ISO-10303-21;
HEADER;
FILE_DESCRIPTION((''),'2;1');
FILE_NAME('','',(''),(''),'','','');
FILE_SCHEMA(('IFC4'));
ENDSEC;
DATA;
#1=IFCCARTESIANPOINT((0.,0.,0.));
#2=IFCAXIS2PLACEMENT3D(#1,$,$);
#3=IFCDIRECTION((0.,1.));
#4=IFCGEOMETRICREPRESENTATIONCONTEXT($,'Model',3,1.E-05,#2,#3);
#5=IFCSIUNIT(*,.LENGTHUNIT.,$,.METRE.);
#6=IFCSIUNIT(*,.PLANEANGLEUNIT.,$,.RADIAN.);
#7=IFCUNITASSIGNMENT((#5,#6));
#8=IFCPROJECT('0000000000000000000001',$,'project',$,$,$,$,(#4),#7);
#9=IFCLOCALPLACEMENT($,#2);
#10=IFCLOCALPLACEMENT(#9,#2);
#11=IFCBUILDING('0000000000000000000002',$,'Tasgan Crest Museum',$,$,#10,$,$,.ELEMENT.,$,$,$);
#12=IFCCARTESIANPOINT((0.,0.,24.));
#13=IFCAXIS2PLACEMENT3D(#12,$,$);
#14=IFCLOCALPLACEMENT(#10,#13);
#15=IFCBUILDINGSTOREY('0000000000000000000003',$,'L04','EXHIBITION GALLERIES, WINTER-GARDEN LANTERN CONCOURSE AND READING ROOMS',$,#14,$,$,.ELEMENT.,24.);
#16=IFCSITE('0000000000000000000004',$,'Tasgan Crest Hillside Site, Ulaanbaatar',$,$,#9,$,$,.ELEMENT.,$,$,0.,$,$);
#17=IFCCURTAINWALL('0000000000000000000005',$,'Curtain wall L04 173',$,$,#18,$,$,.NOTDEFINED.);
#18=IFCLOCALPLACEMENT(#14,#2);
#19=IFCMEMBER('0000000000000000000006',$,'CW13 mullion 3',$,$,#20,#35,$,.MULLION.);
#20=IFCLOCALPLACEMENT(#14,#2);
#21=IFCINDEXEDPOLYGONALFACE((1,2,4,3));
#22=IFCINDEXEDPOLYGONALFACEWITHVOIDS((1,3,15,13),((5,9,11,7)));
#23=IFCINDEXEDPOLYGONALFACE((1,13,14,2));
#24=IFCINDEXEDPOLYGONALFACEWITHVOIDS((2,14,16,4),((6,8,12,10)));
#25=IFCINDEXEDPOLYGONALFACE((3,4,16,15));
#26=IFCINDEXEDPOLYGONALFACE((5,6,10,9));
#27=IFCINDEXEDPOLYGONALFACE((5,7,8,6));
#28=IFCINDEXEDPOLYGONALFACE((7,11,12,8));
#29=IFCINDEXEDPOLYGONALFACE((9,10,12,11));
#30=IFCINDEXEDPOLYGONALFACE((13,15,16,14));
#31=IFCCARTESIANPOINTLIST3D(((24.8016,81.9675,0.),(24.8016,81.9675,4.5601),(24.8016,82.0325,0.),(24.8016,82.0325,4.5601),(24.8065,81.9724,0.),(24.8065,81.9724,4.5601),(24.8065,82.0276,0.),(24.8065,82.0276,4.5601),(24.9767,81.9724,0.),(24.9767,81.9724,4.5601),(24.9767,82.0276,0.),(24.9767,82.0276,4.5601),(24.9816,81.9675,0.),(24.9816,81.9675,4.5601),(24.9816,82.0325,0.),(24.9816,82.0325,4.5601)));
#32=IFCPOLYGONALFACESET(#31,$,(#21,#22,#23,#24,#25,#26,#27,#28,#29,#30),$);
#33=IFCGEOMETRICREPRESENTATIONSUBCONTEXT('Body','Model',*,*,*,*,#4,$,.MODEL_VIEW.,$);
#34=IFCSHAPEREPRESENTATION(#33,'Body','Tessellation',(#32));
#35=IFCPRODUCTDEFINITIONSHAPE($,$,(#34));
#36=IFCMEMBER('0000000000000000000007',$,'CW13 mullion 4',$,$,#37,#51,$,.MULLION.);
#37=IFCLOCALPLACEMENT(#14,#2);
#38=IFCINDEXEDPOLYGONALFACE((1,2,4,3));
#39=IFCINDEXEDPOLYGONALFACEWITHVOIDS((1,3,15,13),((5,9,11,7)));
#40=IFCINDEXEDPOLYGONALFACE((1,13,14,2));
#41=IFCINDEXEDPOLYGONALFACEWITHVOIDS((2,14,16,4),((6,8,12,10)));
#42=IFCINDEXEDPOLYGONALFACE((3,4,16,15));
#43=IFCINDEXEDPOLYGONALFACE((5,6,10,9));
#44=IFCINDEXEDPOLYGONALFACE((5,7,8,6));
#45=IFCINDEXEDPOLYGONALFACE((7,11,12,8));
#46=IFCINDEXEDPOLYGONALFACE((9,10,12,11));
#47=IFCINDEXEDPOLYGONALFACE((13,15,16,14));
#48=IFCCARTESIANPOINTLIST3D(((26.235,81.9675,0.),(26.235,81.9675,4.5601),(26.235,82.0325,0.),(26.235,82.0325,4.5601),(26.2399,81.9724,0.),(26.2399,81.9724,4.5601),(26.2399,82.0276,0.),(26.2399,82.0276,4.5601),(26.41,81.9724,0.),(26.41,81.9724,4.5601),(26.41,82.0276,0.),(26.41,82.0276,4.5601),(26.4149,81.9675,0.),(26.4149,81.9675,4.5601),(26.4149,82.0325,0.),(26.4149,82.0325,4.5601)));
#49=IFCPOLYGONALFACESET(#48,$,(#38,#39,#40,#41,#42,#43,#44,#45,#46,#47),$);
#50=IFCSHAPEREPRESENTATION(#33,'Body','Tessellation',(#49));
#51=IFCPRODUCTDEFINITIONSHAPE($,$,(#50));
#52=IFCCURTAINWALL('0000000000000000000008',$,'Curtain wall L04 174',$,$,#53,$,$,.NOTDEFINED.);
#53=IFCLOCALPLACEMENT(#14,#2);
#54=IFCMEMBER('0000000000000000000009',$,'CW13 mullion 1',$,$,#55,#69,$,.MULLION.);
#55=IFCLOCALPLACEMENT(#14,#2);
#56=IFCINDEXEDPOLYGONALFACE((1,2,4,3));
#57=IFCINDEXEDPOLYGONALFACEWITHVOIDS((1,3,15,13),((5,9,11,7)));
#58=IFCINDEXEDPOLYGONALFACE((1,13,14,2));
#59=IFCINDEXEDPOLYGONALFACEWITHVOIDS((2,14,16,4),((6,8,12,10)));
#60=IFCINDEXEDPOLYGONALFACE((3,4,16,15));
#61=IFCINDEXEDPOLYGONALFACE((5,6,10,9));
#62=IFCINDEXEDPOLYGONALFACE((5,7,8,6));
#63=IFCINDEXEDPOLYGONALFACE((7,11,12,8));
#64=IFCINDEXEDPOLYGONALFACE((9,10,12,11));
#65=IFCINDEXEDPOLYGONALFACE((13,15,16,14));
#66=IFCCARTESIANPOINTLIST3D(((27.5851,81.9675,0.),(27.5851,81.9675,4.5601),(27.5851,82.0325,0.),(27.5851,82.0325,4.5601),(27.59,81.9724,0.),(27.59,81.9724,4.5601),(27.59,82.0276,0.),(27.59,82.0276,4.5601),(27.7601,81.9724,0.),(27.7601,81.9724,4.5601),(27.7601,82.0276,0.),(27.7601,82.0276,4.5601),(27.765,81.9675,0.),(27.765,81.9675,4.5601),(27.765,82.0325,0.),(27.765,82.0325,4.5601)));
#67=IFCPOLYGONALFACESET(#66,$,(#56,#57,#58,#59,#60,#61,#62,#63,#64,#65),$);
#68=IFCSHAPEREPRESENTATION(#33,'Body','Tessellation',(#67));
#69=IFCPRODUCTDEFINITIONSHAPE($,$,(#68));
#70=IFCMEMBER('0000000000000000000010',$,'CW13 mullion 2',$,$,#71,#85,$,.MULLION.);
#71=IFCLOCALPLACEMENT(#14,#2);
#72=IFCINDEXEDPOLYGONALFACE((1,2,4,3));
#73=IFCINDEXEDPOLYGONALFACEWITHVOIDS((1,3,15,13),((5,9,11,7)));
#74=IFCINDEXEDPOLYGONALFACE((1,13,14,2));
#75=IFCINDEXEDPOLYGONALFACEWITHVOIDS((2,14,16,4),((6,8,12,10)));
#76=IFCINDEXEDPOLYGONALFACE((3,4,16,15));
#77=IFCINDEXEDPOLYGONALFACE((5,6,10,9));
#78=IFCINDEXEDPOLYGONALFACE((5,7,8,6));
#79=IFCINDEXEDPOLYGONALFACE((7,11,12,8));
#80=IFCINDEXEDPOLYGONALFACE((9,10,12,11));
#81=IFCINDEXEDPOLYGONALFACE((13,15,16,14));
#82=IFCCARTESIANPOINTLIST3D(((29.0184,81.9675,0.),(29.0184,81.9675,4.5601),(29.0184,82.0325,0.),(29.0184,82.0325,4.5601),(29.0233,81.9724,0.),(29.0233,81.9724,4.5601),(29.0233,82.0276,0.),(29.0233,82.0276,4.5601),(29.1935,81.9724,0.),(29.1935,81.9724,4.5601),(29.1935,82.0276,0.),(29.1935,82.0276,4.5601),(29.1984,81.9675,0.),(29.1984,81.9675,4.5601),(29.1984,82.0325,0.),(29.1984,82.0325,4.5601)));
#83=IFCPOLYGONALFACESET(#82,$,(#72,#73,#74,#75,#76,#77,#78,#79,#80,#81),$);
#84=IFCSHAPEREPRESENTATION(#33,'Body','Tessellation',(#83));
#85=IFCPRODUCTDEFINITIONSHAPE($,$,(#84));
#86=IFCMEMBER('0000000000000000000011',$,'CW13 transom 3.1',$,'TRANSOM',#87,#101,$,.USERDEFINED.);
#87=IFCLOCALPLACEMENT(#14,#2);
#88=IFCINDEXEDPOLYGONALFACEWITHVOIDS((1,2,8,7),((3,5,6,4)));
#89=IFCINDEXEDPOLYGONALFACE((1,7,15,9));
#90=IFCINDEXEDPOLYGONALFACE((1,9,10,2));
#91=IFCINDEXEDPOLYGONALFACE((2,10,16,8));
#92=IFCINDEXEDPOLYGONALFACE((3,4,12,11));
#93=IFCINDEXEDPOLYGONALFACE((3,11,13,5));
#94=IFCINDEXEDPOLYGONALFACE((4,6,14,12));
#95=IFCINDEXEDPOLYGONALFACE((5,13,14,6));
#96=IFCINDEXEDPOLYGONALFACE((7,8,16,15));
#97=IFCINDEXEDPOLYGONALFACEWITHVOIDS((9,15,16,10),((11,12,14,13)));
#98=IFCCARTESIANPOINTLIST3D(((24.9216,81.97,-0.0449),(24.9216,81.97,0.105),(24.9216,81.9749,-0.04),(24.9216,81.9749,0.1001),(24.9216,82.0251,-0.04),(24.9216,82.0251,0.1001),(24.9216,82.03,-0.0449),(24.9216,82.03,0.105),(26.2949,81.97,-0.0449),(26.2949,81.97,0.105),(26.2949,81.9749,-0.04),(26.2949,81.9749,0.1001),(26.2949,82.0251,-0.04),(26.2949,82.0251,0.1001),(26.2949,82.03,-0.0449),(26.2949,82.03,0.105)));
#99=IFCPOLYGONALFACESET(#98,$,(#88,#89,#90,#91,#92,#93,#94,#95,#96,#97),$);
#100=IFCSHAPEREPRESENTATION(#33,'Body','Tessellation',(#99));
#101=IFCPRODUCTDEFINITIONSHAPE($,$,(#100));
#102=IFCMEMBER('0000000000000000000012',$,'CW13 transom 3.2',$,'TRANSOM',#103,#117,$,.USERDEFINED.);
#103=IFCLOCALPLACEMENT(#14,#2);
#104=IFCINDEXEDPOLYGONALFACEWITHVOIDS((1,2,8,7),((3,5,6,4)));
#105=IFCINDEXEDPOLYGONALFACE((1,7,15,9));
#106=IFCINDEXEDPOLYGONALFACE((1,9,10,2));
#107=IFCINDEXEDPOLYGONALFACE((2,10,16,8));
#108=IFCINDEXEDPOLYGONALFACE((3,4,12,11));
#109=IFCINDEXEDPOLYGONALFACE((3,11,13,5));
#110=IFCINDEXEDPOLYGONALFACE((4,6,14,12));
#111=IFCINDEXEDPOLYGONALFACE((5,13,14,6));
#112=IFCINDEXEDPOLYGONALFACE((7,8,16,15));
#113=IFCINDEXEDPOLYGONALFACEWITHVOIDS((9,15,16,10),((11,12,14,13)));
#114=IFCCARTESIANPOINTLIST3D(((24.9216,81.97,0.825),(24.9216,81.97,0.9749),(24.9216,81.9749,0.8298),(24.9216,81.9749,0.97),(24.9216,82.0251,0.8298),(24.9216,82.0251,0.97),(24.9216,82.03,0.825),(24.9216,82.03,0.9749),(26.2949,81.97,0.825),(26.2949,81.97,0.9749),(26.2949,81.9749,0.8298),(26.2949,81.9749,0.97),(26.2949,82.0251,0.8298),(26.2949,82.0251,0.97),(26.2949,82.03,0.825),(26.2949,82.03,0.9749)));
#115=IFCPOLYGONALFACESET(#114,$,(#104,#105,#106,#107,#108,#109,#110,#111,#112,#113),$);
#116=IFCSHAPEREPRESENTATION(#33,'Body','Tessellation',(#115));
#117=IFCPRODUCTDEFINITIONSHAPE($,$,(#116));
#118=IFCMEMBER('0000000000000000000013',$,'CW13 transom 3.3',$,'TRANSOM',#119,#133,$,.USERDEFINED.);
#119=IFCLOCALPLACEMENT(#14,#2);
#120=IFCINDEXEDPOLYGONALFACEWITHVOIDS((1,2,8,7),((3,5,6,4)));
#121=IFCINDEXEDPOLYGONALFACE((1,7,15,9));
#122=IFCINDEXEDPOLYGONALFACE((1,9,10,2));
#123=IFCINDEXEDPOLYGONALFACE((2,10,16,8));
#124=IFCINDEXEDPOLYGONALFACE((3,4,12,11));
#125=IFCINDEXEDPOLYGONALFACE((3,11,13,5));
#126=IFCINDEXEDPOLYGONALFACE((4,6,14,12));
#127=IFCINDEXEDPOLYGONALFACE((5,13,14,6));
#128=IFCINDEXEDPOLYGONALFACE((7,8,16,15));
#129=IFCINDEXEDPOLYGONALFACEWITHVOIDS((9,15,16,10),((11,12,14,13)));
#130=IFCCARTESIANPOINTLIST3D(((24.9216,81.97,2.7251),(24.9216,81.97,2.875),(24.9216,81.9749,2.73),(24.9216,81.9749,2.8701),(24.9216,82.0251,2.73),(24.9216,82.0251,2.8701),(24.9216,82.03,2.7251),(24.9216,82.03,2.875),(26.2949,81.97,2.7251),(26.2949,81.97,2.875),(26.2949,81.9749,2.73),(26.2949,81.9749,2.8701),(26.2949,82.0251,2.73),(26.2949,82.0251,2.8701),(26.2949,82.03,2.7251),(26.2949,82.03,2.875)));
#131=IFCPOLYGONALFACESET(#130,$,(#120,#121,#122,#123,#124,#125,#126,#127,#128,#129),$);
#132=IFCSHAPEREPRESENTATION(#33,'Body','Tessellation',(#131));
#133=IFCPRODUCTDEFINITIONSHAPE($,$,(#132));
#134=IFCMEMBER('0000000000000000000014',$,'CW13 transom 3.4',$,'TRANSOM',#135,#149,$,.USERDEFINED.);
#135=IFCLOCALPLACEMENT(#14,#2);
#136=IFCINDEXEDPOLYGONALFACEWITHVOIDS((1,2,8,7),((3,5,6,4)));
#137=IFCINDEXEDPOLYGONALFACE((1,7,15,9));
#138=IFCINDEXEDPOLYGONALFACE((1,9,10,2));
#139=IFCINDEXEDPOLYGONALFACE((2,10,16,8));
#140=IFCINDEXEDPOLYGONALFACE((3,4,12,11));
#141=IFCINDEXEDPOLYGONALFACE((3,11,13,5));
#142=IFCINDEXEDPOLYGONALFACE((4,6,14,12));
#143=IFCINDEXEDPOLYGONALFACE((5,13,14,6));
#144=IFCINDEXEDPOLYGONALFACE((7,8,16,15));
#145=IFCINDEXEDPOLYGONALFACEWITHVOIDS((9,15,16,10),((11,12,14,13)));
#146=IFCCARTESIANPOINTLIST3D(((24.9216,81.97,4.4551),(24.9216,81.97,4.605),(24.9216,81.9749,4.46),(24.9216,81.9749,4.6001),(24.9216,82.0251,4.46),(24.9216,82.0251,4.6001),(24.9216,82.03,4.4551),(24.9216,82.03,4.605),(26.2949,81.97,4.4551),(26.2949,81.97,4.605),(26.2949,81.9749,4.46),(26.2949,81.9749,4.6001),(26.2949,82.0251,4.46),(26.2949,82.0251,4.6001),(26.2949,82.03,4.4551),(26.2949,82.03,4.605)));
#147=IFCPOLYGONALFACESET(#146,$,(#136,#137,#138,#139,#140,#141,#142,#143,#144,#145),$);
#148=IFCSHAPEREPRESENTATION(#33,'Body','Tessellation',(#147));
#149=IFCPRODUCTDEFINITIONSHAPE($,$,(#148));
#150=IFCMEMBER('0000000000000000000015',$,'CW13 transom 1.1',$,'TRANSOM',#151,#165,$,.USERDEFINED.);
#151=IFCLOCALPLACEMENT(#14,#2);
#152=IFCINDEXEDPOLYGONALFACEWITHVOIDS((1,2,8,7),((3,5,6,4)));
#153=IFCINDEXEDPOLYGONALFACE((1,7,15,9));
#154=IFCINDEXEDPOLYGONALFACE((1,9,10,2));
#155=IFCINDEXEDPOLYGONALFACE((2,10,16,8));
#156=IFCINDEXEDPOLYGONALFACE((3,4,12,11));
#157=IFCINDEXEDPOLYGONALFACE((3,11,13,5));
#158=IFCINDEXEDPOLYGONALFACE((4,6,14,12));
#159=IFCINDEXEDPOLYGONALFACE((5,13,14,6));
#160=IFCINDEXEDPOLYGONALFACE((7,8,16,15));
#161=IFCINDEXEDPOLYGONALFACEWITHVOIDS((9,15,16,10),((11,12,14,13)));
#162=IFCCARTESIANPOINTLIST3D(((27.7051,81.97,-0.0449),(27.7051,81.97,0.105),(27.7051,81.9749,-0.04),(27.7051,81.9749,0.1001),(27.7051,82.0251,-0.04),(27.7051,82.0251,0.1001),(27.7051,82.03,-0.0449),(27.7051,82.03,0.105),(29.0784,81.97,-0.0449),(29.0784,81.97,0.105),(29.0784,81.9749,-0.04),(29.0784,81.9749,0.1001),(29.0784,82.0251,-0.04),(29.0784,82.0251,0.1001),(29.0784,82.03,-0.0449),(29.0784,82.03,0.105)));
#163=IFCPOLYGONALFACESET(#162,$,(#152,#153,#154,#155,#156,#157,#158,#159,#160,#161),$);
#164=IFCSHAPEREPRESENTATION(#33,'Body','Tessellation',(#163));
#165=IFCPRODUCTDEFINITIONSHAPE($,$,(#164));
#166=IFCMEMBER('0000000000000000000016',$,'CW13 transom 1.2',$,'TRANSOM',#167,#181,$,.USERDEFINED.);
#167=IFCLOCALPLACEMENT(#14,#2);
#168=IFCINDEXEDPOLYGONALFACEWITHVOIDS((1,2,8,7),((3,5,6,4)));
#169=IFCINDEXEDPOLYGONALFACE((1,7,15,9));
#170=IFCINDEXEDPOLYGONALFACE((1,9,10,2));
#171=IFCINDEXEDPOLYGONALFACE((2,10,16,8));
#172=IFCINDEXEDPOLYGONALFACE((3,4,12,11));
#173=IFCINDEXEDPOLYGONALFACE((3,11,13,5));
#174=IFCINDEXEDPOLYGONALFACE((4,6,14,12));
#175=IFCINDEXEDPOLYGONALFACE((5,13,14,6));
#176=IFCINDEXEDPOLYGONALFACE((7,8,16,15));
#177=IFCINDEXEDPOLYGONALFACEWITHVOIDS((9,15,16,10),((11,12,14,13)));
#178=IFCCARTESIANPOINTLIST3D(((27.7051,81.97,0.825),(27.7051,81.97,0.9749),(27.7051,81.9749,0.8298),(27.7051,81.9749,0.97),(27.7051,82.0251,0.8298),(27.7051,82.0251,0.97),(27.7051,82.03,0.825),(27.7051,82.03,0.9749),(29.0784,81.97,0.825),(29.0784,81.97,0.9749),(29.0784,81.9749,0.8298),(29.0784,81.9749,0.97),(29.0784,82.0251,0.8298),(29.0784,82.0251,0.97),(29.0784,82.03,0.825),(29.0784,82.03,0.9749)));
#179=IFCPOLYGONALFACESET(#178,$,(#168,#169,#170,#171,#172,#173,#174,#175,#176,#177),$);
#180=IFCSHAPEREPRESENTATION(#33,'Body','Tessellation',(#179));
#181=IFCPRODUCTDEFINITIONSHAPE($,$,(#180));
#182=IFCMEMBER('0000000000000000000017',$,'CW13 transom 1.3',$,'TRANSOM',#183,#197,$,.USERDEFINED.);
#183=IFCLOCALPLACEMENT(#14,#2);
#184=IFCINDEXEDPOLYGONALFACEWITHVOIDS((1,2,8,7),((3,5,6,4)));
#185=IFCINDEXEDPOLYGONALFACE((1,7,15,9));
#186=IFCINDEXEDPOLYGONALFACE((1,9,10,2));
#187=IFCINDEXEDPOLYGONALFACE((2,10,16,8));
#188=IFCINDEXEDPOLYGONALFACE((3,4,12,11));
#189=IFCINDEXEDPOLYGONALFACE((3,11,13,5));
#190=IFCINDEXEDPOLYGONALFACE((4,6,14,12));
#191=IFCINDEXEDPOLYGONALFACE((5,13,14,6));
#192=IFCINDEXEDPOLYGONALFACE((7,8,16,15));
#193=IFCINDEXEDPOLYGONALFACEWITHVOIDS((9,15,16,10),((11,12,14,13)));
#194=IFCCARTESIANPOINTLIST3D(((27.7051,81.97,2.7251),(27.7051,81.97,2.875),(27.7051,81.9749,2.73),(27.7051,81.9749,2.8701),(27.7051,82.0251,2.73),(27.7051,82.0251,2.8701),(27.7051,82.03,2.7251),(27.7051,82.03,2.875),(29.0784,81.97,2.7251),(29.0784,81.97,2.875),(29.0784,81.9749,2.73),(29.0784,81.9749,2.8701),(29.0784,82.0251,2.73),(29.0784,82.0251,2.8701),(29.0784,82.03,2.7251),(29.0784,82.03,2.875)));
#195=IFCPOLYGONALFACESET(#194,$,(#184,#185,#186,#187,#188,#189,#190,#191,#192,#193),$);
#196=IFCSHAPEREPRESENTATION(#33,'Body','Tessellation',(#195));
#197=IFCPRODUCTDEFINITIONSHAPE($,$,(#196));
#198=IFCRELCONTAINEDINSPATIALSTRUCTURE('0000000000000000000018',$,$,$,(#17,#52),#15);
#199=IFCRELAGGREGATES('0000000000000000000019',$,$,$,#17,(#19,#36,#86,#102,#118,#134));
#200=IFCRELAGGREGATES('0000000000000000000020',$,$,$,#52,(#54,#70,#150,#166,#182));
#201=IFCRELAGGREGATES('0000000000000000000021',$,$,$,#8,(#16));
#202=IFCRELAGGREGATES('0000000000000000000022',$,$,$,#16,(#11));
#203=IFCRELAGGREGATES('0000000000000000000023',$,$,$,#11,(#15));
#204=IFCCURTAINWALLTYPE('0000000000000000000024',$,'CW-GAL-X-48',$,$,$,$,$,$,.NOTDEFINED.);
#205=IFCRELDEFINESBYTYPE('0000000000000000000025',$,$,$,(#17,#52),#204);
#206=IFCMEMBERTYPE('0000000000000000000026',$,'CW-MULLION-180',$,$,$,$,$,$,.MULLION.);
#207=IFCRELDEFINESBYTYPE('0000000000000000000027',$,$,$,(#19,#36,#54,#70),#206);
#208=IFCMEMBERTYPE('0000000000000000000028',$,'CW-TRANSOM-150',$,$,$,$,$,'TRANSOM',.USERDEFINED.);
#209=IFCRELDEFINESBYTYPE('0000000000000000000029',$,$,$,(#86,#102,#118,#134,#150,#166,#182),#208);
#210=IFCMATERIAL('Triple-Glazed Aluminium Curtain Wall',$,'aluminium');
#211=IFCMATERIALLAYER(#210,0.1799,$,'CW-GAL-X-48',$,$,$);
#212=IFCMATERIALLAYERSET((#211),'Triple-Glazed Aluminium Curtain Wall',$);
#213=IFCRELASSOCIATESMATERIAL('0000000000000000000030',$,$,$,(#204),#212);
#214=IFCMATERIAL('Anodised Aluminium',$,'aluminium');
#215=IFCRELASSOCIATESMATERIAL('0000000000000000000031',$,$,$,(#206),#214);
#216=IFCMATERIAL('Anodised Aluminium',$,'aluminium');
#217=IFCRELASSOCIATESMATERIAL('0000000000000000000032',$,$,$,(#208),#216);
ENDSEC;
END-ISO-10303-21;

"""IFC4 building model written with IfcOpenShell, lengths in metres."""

from ifc_helpers import new_model, si_unit, direction, frame, origin, origin_2d, place, context, subcontext, project, spatial, hollow_rectangle, extrude, material, layer, layer_set, material_profile, profile_set, type_object, element, aggregate, save


model = new_model("IFC4")

# Units and contexts
model_context = context("Model", 3, precision=1e-05, world=origin(), true_north=direction((0.0, 1.0)))
body_context = subcontext(model_context, "Body", "Model", "MODEL_VIEW")
ifc_project = project(units=[si_unit("LENGTHUNIT", "METRE"), si_unit("PLANEANGLEUNIT", "RADIAN")], contexts=[model_context])

# Site, building, storey
site_placement = place(None, origin())
site = spatial("IfcSite", under=ifc_project, at=site_placement, Name="Tasgan Crest Hillside Site, Ulaanbaatar", CompositionType="ELEMENT", RefElevation=0.0)
building_placement = place(site_placement, origin())
building = spatial("IfcBuilding", under=site, at=building_placement, Name="Tasgan Crest Museum", CompositionType="ELEMENT")
storey_placement = place(building_placement, frame((0.0, 0.0, 24.0)))
storey = spatial("IfcBuildingStorey", under=building, at=storey_placement, Name="L04", Description="EXHIBITION GALLERIES, WINTER-GARDEN LANTERN CONCOURSE AND READING ROOMS", CompositionType="ELEMENT", Elevation=24.0)

# Curtain walls, members
ifc_material_1 = material(Name="Triple-Glazed Aluminium Curtain Wall", Category="aluminium")
ifc_layer_1 = layer(ifc_material_1, 0.1799, Name="CW-GAL-X-48")
ifc_layer_set_1 = layer_set([ifc_layer_1], Name="Triple-Glazed Aluminium Curtain Wall")
curtain_wall_type = type_object("IfcCurtainWallType", Name="CW-GAL-X-48", PredefinedType="NOTDEFINED", material=ifc_layer_set_1)
curtain_wall_1_placement = place(storey_placement, origin())
curtain_wall_1 = element("IfcCurtainWall", 1, at=curtain_wall_1_placement, inside=storey, type_object=curtain_wall_type, Name="Curtain wall L04 173", PredefinedType="NOTDEFINED")
ifc_material_2 = material(Name="Anodised Aluminium", Category="aluminium")
ifc_material_profile_1 = material_profile(ifc_material_2, hollow_rectangle(XDim=0.0649, YDim=0.1799, WallThickness=0.0049, at=origin_2d()), Name="ALU MULLION 180x65x5")
ifc_profile_set_1 = profile_set([ifc_material_profile_1], Name="Anodised Aluminium")
member_type_1 = type_object("IfcMemberType", Name="CW-MULLION-180", PredefinedType="MULLION", material=ifc_profile_set_1)
member_1_placement = place(storey_placement, frame((24.8916, 82.0, 0.0), z_axis=(0.0, 0.0, 1.0), x_axis=(0.0, 1.0, 0.0)))
member_1 = element("IfcMember", 2, at=member_1_placement, type_object=member_type_1, Name="CW13 mullion 3", PredefinedType="MULLION", context=body_context, shape_type="SweptSolid", body=[
    extrude(hollow_rectangle(XDim=0.0649, YDim=0.1799, WallThickness=0.0049, at=origin_2d()), origin(), (0.0, 0.0, 1.0), 4.5601),
])
member_2_placement = place(storey_placement, frame((26.325, 82.0, 0.0), z_axis=(0.0, 0.0, 1.0), x_axis=(0.0, 1.0, 0.0)))
member_2 = element("IfcMember", 3, at=member_2_placement, type_object=member_type_1, Name="CW13 mullion 4", PredefinedType="MULLION", context=body_context, shape_type="SweptSolid", body=[
    extrude(hollow_rectangle(XDim=0.0649, YDim=0.1799, WallThickness=0.0049, at=origin_2d()), origin(), (0.0, 0.0, 1.0), 4.5601),
])
curtain_wall_2_placement = place(storey_placement, origin())
curtain_wall_2 = element("IfcCurtainWall", 4, at=curtain_wall_2_placement, inside=storey, type_object=curtain_wall_type, Name="Curtain wall L04 174", PredefinedType="NOTDEFINED")
member_3_placement = place(storey_placement, frame((27.675, 82.0, 0.0), z_axis=(0.0, 0.0, 1.0), x_axis=(0.0, 1.0, 0.0)))
member_3 = element("IfcMember", 5, at=member_3_placement, type_object=member_type_1, Name="CW13 mullion 1", PredefinedType="MULLION", context=body_context, shape_type="SweptSolid", body=[
    extrude(hollow_rectangle(XDim=0.0649, YDim=0.1799, WallThickness=0.0049, at=origin_2d()), origin(), (0.0, 0.0, 1.0), 4.5601),
])
member_4_placement = place(storey_placement, frame((29.1084, 82.0, 0.0), z_axis=(0.0, 0.0, 1.0), x_axis=(0.0, 1.0, 0.0)))
member_4 = element("IfcMember", 6, at=member_4_placement, type_object=member_type_1, Name="CW13 mullion 2", PredefinedType="MULLION", context=body_context, shape_type="SweptSolid", body=[
    extrude(hollow_rectangle(XDim=0.0649, YDim=0.1799, WallThickness=0.0049, at=origin_2d()), origin(), (0.0, 0.0, 1.0), 4.5601),
])

# Members
ifc_material_3 = material(Name="Anodised Aluminium", Category="aluminium")
ifc_material_profile_2 = material_profile(ifc_material_3, hollow_rectangle(XDim=0.0601, YDim=0.1499, WallThickness=0.0049, at=origin_2d()), Name="ALU TRANSOM 150x60x5")
ifc_profile_set_2 = profile_set([ifc_material_profile_2], Name="Anodised Aluminium")
member_type_2 = type_object("IfcMemberType", Name="CW-TRANSOM-150", ElementType="TRANSOM", PredefinedType="USERDEFINED", material=ifc_profile_set_2)
member_5_placement = place(storey_placement, frame((24.9216, 82.0, 0.03), z_axis=(1.0, 0.0, 0.0), x_axis=(0.0, 1.0, 0.0)))
member_5 = element("IfcMember", 7, at=member_5_placement, type_object=member_type_2, Name="CW13 transom 3.1", ObjectType="TRANSOM", PredefinedType="USERDEFINED", context=body_context, shape_type="SweptSolid", body=[
    extrude(hollow_rectangle(XDim=0.0601, YDim=0.1499, WallThickness=0.0049, at=origin_2d()), origin(), (0.0, 0.0, 1.0), 1.3733),
])
member_6_placement = place(storey_placement, frame((24.9216, 82.0, 0.8999), z_axis=(1.0, 0.0, 0.0), x_axis=(0.0, 1.0, 0.0)))
member_6 = element("IfcMember", 8, at=member_6_placement, type_object=member_type_2, Name="CW13 transom 3.2", ObjectType="TRANSOM", PredefinedType="USERDEFINED", context=body_context, shape_type="SweptSolid", body=[
    extrude(hollow_rectangle(XDim=0.0601, YDim=0.1499, WallThickness=0.0049, at=origin_2d()), origin(), (0.0, 0.0, 1.0), 1.3733),
])
member_7_placement = place(storey_placement, frame((24.9216, 82.0, 2.8), z_axis=(1.0, 0.0, 0.0), x_axis=(0.0, 1.0, 0.0)))
member_7 = element("IfcMember", 9, at=member_7_placement, type_object=member_type_2, Name="CW13 transom 3.3", ObjectType="TRANSOM", PredefinedType="USERDEFINED", context=body_context, shape_type="SweptSolid", body=[
    extrude(hollow_rectangle(XDim=0.0601, YDim=0.1499, WallThickness=0.0049, at=origin_2d()), origin(), (0.0, 0.0, 1.0), 1.3733),
])
member_8_placement = place(storey_placement, frame((24.9216, 82.0, 4.53), z_axis=(1.0, 0.0, 0.0), x_axis=(0.0, 1.0, 0.0)))
member_8 = element("IfcMember", 10, at=member_8_placement, type_object=member_type_2, Name="CW13 transom 3.4", ObjectType="TRANSOM", PredefinedType="USERDEFINED", context=body_context, shape_type="SweptSolid", body=[
    extrude(hollow_rectangle(XDim=0.0601, YDim=0.1499, WallThickness=0.0049, at=origin_2d()), origin(), (0.0, 0.0, 1.0), 1.3733),
])
member_9_placement = place(storey_placement, frame((27.7051, 82.0, 0.03), z_axis=(1.0, 0.0, 0.0), x_axis=(0.0, 1.0, 0.0)))
member_9 = element("IfcMember", 11, at=member_9_placement, type_object=member_type_2, Name="CW13 transom 1.1", ObjectType="TRANSOM", PredefinedType="USERDEFINED", context=body_context, shape_type="SweptSolid", body=[
    extrude(hollow_rectangle(XDim=0.0601, YDim=0.1499, WallThickness=0.0049, at=origin_2d()), origin(), (0.0, 0.0, 1.0), 1.3733),
])
member_10_placement = place(storey_placement, frame((27.7051, 82.0, 0.8999), z_axis=(1.0, 0.0, 0.0), x_axis=(0.0, 1.0, 0.0)))
member_10 = element("IfcMember", 12, at=member_10_placement, type_object=member_type_2, Name="CW13 transom 1.2", ObjectType="TRANSOM", PredefinedType="USERDEFINED", context=body_context, shape_type="SweptSolid", body=[
    extrude(hollow_rectangle(XDim=0.0601, YDim=0.1499, WallThickness=0.0049, at=origin_2d()), origin(), (0.0, 0.0, 1.0), 1.3733),
])
member_11_placement = place(storey_placement, frame((27.7051, 82.0, 2.8), z_axis=(1.0, 0.0, 0.0), x_axis=(0.0, 1.0, 0.0)))
member_11 = element("IfcMember", 13, at=member_11_placement, type_object=member_type_2, Name="CW13 transom 1.3", ObjectType="TRANSOM", PredefinedType="USERDEFINED", context=body_context, shape_type="SweptSolid", body=[
    extrude(hollow_rectangle(XDim=0.0601, YDim=0.1499, WallThickness=0.0049, at=origin_2d()), origin(), (0.0, 0.0, 1.0), 1.3733),
])

aggregate(curtain_wall_1, [member_1, member_2, member_5, member_6, member_7, member_8])
aggregate(curtain_wall_2, [member_3, member_4, member_9, member_10, member_11])

save(model, "model.ifc")
